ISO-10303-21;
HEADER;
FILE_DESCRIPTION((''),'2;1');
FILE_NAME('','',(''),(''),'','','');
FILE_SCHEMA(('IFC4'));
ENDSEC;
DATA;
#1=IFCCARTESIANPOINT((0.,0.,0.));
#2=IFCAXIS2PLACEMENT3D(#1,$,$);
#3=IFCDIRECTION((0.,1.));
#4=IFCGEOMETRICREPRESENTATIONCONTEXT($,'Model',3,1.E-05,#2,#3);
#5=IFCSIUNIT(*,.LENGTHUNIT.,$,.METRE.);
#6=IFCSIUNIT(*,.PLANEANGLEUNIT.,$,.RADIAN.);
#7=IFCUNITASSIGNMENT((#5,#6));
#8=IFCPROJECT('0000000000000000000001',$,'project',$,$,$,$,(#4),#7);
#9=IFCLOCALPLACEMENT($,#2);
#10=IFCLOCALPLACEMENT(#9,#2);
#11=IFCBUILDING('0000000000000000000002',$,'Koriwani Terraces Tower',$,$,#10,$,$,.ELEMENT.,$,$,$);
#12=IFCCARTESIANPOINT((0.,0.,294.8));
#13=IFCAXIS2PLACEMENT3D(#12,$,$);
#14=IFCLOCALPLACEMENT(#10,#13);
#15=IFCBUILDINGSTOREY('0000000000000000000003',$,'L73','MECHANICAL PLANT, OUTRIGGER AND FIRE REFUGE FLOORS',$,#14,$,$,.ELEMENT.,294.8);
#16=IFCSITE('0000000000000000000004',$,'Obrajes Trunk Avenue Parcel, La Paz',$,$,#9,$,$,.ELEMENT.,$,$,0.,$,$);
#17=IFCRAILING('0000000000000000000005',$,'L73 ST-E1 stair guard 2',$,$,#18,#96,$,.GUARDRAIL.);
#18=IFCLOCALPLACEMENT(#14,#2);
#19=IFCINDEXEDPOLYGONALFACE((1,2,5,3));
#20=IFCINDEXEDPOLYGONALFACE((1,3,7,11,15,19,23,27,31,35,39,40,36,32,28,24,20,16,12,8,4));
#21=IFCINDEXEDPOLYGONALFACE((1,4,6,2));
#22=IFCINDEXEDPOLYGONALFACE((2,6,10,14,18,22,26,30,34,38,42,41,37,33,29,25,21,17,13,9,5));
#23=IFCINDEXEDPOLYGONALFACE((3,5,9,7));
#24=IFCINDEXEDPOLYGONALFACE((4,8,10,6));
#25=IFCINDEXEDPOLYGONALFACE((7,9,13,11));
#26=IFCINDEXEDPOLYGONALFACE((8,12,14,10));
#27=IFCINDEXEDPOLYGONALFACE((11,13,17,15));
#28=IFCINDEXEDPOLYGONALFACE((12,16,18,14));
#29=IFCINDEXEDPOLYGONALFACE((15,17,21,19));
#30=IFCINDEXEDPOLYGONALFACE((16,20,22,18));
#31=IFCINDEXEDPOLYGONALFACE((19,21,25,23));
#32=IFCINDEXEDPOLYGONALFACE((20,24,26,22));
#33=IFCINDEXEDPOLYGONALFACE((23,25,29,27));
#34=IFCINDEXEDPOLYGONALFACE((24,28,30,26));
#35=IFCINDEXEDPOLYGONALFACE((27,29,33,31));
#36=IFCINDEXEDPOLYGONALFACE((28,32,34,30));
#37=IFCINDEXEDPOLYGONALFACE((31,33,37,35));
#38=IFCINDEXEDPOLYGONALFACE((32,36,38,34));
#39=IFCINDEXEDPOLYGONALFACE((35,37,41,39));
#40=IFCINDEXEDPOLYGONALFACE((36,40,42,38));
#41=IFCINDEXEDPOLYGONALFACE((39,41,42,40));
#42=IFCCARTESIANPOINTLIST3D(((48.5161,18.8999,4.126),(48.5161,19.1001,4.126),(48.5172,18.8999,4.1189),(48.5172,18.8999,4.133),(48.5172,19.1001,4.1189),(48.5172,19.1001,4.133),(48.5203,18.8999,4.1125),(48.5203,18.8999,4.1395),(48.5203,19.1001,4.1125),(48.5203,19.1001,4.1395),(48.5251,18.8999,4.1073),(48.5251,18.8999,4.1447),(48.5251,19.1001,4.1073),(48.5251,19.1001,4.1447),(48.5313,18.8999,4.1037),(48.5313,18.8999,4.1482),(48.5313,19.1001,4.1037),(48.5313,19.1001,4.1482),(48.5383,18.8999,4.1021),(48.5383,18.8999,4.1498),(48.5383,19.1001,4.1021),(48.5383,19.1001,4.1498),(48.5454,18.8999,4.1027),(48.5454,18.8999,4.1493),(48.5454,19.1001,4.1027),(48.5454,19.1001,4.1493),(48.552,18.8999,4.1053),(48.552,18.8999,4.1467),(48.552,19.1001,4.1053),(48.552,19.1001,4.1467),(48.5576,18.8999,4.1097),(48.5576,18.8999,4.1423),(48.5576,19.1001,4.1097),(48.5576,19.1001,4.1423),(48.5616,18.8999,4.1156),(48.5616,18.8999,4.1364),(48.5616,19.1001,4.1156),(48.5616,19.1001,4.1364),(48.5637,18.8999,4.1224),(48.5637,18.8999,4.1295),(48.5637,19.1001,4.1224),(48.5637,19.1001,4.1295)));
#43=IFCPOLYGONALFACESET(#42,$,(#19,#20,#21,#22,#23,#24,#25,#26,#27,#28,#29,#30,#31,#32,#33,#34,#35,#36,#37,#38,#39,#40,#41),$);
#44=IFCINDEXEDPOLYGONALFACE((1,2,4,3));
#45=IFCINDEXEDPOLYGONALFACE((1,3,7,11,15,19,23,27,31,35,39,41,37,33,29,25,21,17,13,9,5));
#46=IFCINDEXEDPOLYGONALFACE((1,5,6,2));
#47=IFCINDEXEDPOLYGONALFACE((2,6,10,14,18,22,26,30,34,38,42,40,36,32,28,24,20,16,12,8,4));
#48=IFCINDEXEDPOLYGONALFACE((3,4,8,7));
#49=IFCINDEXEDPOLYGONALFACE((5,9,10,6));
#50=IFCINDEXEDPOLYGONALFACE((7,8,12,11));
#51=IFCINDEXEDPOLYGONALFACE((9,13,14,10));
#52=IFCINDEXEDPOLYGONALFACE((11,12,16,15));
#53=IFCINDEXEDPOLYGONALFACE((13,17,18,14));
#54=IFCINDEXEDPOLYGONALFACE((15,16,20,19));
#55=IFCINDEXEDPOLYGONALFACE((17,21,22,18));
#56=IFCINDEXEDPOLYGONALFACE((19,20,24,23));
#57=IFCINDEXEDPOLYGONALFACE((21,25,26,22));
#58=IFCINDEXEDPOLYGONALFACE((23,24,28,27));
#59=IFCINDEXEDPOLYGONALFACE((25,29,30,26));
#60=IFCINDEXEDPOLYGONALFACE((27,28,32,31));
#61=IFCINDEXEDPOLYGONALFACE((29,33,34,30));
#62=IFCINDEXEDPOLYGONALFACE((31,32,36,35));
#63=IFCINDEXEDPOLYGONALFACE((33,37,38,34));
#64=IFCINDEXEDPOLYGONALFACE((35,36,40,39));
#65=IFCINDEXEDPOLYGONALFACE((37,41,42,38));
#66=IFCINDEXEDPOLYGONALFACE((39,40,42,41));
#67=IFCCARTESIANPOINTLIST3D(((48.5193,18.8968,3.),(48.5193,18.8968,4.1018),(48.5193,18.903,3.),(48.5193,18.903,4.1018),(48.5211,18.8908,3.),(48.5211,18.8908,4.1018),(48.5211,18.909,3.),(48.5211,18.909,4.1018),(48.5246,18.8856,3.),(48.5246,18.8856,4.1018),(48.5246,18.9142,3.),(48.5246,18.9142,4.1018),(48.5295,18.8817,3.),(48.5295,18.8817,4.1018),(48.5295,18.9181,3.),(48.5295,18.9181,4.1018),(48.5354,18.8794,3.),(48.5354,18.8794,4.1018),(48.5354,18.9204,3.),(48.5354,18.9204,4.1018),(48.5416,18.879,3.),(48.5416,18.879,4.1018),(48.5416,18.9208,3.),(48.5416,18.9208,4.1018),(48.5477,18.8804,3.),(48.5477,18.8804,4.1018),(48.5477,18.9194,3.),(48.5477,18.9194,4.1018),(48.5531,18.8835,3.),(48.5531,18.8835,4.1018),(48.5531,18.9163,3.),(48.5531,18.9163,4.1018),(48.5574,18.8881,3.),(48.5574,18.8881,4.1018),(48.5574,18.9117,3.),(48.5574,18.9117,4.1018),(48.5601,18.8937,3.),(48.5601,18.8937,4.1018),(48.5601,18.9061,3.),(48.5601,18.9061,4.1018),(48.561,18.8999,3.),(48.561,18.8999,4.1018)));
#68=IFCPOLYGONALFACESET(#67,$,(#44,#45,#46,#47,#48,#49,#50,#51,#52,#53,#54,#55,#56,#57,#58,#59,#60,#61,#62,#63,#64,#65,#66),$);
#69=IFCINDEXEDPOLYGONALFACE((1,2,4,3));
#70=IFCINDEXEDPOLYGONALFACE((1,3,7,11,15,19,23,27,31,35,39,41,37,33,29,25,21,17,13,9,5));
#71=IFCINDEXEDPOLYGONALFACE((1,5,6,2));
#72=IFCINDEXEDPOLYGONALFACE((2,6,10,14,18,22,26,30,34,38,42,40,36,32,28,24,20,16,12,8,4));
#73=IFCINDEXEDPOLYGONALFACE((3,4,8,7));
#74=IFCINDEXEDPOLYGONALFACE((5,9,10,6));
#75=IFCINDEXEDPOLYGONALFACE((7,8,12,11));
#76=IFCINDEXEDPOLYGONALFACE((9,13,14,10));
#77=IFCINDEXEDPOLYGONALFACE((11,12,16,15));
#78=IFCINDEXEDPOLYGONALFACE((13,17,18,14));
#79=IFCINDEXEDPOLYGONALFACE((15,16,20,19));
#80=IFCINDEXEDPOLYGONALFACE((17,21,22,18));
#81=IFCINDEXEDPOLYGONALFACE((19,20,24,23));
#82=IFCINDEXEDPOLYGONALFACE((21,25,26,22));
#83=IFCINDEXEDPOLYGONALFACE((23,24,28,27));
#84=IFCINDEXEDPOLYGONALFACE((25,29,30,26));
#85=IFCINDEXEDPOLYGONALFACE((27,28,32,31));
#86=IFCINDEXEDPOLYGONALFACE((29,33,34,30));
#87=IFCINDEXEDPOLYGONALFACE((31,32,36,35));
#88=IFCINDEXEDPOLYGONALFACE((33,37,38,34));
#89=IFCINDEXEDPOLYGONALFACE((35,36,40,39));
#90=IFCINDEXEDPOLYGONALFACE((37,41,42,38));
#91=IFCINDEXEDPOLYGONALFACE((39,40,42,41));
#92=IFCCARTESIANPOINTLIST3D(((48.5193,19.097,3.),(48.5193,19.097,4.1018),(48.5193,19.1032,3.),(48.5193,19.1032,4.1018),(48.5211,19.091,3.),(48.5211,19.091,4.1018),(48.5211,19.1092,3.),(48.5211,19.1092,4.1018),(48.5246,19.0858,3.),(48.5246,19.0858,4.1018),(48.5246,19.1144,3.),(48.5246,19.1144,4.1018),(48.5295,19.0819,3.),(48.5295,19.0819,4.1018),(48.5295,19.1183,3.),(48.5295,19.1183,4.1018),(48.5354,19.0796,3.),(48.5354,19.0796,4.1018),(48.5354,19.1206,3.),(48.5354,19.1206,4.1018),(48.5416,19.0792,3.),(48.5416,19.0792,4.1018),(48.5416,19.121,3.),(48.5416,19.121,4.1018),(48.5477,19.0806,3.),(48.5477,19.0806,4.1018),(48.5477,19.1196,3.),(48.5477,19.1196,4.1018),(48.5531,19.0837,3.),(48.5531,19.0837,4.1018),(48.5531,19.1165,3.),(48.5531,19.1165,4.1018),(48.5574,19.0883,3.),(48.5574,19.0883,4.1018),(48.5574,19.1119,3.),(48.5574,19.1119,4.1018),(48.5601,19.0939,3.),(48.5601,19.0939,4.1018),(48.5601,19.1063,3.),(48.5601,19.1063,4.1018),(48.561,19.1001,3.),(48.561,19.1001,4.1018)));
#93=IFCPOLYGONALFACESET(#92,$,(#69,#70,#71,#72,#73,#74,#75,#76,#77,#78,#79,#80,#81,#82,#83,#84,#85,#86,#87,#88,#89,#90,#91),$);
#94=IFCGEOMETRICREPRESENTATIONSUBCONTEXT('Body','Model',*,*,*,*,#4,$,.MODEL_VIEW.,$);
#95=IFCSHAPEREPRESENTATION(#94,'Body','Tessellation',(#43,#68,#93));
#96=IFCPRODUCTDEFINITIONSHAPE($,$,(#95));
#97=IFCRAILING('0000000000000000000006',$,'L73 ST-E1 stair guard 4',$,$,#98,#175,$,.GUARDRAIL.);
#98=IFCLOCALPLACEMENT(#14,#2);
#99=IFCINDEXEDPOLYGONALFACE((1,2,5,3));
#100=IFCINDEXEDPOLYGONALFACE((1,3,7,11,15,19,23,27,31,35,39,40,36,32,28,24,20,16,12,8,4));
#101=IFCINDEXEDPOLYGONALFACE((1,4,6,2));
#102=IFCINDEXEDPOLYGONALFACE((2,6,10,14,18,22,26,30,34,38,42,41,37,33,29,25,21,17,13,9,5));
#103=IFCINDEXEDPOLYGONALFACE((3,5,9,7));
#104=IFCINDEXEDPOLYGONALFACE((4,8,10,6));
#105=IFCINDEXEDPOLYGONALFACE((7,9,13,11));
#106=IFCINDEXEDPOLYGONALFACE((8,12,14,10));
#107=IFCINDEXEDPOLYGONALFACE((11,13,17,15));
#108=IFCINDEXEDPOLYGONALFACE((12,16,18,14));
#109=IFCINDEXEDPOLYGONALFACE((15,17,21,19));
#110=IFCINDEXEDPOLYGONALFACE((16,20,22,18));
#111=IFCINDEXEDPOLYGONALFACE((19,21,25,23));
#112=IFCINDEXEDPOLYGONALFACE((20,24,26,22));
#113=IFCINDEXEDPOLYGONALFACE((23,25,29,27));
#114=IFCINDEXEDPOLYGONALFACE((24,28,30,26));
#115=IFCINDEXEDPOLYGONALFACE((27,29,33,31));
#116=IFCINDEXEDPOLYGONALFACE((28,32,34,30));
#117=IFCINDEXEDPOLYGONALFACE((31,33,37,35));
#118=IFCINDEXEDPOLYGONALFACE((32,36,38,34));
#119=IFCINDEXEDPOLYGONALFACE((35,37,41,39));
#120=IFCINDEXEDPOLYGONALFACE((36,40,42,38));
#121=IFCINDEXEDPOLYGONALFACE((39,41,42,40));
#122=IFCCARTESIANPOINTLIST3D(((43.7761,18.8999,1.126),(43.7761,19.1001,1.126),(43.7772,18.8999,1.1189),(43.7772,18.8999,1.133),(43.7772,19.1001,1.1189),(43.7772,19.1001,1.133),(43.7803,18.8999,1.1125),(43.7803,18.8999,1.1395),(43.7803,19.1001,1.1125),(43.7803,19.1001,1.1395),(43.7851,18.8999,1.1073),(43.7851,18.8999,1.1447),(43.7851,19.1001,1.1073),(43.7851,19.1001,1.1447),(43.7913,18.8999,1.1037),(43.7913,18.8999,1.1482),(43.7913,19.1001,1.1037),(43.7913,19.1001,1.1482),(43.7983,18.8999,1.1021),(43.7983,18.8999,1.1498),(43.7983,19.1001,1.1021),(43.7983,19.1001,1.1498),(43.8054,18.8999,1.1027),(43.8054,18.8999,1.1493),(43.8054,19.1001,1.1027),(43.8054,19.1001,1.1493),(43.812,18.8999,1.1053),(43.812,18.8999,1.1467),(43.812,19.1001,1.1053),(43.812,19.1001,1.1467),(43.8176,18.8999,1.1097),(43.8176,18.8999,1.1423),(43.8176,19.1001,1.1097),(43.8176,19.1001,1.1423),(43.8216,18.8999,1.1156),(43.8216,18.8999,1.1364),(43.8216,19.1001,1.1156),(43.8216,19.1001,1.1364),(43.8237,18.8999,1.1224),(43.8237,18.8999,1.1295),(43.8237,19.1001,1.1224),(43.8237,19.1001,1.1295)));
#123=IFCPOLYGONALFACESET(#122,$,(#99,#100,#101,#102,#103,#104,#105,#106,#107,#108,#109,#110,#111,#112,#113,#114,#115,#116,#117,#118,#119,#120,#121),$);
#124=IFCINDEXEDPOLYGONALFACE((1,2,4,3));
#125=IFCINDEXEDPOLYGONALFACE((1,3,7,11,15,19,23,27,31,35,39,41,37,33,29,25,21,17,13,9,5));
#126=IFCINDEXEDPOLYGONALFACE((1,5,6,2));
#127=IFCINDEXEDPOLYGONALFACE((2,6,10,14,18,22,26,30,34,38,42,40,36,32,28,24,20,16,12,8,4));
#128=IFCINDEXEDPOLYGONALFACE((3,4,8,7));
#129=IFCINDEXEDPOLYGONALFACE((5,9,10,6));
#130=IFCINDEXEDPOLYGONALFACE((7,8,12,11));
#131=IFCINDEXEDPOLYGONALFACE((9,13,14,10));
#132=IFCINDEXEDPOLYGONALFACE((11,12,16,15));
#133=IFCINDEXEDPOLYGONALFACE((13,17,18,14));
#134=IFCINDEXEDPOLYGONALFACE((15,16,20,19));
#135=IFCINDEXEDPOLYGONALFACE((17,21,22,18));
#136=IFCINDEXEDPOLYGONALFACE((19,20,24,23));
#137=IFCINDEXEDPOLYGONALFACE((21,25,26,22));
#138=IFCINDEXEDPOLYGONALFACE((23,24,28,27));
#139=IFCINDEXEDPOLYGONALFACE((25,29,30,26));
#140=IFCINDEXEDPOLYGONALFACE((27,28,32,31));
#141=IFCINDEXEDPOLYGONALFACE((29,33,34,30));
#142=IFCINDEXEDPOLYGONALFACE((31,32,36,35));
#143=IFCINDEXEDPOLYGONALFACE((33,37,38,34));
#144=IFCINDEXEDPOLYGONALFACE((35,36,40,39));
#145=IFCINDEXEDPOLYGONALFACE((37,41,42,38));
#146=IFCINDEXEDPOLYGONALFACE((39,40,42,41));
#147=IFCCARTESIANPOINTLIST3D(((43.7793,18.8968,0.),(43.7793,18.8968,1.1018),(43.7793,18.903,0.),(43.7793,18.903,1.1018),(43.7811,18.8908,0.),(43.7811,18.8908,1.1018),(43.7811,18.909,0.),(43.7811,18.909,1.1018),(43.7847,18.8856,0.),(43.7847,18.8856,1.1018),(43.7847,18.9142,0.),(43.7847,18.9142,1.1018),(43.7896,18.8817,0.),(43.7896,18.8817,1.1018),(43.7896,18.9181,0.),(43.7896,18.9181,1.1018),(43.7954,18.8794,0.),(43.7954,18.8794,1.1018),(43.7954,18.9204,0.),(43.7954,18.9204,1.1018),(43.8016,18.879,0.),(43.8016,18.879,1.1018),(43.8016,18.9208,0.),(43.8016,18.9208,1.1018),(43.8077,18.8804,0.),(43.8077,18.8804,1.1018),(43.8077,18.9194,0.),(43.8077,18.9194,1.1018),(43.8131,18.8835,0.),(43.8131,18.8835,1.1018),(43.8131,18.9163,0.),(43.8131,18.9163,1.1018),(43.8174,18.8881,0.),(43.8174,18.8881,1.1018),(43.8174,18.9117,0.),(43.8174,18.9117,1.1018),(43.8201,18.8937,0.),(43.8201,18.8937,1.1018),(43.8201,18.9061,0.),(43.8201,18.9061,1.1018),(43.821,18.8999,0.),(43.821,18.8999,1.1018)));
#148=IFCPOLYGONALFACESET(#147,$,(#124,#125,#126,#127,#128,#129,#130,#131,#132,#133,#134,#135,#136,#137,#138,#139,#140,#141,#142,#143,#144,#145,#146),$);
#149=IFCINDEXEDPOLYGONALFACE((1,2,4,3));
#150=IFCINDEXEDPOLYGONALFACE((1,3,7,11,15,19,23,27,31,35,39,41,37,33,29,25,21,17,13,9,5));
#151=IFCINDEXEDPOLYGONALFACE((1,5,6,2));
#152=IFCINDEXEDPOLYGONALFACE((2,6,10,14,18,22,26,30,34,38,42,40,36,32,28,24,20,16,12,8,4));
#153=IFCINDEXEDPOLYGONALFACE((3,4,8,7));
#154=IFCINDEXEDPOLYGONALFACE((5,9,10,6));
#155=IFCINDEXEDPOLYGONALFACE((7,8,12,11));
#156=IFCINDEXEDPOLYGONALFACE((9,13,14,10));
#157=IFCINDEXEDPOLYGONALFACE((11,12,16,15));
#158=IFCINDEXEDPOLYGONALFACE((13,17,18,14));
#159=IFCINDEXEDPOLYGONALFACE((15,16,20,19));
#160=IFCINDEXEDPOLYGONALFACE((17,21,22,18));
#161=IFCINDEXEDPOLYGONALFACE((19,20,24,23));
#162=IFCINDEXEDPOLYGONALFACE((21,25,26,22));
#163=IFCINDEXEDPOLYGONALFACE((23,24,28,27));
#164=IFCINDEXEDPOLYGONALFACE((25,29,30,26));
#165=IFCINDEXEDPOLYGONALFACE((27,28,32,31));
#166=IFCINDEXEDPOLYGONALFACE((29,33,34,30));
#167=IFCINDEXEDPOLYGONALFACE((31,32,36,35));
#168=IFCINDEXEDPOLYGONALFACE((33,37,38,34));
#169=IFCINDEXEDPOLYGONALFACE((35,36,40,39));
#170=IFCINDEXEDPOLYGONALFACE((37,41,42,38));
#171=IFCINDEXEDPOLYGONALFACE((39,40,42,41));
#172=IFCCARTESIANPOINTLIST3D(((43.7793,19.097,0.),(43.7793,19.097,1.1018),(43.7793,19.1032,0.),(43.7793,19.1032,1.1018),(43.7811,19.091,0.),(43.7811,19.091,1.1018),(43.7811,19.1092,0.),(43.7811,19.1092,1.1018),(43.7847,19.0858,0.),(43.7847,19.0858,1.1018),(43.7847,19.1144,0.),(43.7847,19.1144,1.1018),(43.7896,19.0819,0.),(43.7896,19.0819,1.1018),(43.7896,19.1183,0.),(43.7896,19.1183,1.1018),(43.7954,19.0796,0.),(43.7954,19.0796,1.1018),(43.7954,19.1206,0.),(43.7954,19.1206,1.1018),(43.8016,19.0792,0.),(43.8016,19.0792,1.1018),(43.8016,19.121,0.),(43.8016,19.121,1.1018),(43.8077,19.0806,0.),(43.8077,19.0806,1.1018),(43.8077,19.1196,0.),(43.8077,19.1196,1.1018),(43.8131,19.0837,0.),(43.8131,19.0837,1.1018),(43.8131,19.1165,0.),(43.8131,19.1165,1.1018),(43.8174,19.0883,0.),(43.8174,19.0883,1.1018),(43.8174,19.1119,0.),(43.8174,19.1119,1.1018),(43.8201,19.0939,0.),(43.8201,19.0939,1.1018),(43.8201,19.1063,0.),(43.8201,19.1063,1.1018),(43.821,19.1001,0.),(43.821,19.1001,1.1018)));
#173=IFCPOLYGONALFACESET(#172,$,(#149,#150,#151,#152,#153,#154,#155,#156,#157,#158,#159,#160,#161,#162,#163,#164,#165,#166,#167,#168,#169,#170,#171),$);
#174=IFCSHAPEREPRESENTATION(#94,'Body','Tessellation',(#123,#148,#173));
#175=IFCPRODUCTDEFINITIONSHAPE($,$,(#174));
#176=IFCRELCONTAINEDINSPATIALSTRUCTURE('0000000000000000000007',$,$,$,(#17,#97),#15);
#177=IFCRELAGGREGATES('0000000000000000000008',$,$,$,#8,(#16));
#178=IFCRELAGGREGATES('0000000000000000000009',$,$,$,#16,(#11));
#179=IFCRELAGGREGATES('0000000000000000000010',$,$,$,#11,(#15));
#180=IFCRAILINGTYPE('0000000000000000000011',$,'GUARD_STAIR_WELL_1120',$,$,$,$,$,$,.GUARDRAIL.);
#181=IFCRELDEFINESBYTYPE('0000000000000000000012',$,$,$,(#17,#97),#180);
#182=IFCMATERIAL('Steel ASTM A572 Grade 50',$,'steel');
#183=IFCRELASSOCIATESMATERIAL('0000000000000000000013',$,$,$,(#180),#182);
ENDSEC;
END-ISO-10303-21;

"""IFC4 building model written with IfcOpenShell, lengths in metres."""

from ifc_helpers import new_model, si_unit, direction, frame, origin, origin_2d, place, context, subcontext, project, spatial, circle, extrude, material, type_object, element, save


model = new_model("IFC4")

# Units and contexts
model_context = context("Model", 3, precision=1e-05, world=origin(), true_north=direction((0.0, 1.0)))
body_context = subcontext(model_context, "Body", "Model", "MODEL_VIEW")
ifc_project = project(units=[si_unit("LENGTHUNIT", "METRE"), si_unit("PLANEANGLEUNIT", "RADIAN")], contexts=[model_context])

# Site, building, storey
site_placement = place(None, origin())
site = spatial("IfcSite", under=ifc_project, at=site_placement, Name="Obrajes Trunk Avenue Parcel, La Paz", CompositionType="ELEMENT", RefElevation=0.0)
building_placement = place(site_placement, origin())
building = spatial("IfcBuilding", under=site, at=building_placement, Name="Koriwani Terraces Tower", CompositionType="ELEMENT")
storey_placement = place(building_placement, frame((0.0, 0.0, 294.8)))
storey = spatial("IfcBuildingStorey", under=building, at=storey_placement, Name="L73", Description="MECHANICAL PLANT, OUTRIGGER AND FIRE REFUGE FLOORS", CompositionType="ELEMENT", Elevation=294.8)

# Shared definitions
ifc_material_1 = material(Name="Steel ASTM A572 Grade 50", Category="steel")

# Railings
railing_type_1 = type_object("IfcRailingType", Name="GUARD_STAIR_WELL_1120", PredefinedType="GUARDRAIL", material=ifc_material_1)
for number, where, name in (
    (1, (48.54, 18.8999, 3.0), "L73 ST-E1 stair guard 2"),
    (2, (43.8, 18.8999, 0.0), "L73 ST-E1 stair guard 4"),
):
    element("IfcRailing", number, at=place(storey_placement, frame(where)), inside=storey, type_object=railing_type_1, Name=name, PredefinedType="GUARDRAIL", context=body_context, shape_type="SweptSolid", body=[
        extrude(circle(Radius=0.0239, at=origin_2d()), frame((0.0, 0.0, 1.126), z_axis=(0.0, 1.0, 0.0), x_axis=(-1.0, 0.0, 0.0)), (0.0, 0.0, 1.0), 0.2002),
        extrude(circle(Radius=0.021, at=origin_2d()), origin(), (0.0, 0.0, 1.0), 1.1018),
        extrude(circle(Radius=0.021, at=origin_2d()), frame((0.0, 0.2002, 0.0)), (0.0, 0.0, 1.0), 1.1018),
    ])

save(model, "model.ifc")
